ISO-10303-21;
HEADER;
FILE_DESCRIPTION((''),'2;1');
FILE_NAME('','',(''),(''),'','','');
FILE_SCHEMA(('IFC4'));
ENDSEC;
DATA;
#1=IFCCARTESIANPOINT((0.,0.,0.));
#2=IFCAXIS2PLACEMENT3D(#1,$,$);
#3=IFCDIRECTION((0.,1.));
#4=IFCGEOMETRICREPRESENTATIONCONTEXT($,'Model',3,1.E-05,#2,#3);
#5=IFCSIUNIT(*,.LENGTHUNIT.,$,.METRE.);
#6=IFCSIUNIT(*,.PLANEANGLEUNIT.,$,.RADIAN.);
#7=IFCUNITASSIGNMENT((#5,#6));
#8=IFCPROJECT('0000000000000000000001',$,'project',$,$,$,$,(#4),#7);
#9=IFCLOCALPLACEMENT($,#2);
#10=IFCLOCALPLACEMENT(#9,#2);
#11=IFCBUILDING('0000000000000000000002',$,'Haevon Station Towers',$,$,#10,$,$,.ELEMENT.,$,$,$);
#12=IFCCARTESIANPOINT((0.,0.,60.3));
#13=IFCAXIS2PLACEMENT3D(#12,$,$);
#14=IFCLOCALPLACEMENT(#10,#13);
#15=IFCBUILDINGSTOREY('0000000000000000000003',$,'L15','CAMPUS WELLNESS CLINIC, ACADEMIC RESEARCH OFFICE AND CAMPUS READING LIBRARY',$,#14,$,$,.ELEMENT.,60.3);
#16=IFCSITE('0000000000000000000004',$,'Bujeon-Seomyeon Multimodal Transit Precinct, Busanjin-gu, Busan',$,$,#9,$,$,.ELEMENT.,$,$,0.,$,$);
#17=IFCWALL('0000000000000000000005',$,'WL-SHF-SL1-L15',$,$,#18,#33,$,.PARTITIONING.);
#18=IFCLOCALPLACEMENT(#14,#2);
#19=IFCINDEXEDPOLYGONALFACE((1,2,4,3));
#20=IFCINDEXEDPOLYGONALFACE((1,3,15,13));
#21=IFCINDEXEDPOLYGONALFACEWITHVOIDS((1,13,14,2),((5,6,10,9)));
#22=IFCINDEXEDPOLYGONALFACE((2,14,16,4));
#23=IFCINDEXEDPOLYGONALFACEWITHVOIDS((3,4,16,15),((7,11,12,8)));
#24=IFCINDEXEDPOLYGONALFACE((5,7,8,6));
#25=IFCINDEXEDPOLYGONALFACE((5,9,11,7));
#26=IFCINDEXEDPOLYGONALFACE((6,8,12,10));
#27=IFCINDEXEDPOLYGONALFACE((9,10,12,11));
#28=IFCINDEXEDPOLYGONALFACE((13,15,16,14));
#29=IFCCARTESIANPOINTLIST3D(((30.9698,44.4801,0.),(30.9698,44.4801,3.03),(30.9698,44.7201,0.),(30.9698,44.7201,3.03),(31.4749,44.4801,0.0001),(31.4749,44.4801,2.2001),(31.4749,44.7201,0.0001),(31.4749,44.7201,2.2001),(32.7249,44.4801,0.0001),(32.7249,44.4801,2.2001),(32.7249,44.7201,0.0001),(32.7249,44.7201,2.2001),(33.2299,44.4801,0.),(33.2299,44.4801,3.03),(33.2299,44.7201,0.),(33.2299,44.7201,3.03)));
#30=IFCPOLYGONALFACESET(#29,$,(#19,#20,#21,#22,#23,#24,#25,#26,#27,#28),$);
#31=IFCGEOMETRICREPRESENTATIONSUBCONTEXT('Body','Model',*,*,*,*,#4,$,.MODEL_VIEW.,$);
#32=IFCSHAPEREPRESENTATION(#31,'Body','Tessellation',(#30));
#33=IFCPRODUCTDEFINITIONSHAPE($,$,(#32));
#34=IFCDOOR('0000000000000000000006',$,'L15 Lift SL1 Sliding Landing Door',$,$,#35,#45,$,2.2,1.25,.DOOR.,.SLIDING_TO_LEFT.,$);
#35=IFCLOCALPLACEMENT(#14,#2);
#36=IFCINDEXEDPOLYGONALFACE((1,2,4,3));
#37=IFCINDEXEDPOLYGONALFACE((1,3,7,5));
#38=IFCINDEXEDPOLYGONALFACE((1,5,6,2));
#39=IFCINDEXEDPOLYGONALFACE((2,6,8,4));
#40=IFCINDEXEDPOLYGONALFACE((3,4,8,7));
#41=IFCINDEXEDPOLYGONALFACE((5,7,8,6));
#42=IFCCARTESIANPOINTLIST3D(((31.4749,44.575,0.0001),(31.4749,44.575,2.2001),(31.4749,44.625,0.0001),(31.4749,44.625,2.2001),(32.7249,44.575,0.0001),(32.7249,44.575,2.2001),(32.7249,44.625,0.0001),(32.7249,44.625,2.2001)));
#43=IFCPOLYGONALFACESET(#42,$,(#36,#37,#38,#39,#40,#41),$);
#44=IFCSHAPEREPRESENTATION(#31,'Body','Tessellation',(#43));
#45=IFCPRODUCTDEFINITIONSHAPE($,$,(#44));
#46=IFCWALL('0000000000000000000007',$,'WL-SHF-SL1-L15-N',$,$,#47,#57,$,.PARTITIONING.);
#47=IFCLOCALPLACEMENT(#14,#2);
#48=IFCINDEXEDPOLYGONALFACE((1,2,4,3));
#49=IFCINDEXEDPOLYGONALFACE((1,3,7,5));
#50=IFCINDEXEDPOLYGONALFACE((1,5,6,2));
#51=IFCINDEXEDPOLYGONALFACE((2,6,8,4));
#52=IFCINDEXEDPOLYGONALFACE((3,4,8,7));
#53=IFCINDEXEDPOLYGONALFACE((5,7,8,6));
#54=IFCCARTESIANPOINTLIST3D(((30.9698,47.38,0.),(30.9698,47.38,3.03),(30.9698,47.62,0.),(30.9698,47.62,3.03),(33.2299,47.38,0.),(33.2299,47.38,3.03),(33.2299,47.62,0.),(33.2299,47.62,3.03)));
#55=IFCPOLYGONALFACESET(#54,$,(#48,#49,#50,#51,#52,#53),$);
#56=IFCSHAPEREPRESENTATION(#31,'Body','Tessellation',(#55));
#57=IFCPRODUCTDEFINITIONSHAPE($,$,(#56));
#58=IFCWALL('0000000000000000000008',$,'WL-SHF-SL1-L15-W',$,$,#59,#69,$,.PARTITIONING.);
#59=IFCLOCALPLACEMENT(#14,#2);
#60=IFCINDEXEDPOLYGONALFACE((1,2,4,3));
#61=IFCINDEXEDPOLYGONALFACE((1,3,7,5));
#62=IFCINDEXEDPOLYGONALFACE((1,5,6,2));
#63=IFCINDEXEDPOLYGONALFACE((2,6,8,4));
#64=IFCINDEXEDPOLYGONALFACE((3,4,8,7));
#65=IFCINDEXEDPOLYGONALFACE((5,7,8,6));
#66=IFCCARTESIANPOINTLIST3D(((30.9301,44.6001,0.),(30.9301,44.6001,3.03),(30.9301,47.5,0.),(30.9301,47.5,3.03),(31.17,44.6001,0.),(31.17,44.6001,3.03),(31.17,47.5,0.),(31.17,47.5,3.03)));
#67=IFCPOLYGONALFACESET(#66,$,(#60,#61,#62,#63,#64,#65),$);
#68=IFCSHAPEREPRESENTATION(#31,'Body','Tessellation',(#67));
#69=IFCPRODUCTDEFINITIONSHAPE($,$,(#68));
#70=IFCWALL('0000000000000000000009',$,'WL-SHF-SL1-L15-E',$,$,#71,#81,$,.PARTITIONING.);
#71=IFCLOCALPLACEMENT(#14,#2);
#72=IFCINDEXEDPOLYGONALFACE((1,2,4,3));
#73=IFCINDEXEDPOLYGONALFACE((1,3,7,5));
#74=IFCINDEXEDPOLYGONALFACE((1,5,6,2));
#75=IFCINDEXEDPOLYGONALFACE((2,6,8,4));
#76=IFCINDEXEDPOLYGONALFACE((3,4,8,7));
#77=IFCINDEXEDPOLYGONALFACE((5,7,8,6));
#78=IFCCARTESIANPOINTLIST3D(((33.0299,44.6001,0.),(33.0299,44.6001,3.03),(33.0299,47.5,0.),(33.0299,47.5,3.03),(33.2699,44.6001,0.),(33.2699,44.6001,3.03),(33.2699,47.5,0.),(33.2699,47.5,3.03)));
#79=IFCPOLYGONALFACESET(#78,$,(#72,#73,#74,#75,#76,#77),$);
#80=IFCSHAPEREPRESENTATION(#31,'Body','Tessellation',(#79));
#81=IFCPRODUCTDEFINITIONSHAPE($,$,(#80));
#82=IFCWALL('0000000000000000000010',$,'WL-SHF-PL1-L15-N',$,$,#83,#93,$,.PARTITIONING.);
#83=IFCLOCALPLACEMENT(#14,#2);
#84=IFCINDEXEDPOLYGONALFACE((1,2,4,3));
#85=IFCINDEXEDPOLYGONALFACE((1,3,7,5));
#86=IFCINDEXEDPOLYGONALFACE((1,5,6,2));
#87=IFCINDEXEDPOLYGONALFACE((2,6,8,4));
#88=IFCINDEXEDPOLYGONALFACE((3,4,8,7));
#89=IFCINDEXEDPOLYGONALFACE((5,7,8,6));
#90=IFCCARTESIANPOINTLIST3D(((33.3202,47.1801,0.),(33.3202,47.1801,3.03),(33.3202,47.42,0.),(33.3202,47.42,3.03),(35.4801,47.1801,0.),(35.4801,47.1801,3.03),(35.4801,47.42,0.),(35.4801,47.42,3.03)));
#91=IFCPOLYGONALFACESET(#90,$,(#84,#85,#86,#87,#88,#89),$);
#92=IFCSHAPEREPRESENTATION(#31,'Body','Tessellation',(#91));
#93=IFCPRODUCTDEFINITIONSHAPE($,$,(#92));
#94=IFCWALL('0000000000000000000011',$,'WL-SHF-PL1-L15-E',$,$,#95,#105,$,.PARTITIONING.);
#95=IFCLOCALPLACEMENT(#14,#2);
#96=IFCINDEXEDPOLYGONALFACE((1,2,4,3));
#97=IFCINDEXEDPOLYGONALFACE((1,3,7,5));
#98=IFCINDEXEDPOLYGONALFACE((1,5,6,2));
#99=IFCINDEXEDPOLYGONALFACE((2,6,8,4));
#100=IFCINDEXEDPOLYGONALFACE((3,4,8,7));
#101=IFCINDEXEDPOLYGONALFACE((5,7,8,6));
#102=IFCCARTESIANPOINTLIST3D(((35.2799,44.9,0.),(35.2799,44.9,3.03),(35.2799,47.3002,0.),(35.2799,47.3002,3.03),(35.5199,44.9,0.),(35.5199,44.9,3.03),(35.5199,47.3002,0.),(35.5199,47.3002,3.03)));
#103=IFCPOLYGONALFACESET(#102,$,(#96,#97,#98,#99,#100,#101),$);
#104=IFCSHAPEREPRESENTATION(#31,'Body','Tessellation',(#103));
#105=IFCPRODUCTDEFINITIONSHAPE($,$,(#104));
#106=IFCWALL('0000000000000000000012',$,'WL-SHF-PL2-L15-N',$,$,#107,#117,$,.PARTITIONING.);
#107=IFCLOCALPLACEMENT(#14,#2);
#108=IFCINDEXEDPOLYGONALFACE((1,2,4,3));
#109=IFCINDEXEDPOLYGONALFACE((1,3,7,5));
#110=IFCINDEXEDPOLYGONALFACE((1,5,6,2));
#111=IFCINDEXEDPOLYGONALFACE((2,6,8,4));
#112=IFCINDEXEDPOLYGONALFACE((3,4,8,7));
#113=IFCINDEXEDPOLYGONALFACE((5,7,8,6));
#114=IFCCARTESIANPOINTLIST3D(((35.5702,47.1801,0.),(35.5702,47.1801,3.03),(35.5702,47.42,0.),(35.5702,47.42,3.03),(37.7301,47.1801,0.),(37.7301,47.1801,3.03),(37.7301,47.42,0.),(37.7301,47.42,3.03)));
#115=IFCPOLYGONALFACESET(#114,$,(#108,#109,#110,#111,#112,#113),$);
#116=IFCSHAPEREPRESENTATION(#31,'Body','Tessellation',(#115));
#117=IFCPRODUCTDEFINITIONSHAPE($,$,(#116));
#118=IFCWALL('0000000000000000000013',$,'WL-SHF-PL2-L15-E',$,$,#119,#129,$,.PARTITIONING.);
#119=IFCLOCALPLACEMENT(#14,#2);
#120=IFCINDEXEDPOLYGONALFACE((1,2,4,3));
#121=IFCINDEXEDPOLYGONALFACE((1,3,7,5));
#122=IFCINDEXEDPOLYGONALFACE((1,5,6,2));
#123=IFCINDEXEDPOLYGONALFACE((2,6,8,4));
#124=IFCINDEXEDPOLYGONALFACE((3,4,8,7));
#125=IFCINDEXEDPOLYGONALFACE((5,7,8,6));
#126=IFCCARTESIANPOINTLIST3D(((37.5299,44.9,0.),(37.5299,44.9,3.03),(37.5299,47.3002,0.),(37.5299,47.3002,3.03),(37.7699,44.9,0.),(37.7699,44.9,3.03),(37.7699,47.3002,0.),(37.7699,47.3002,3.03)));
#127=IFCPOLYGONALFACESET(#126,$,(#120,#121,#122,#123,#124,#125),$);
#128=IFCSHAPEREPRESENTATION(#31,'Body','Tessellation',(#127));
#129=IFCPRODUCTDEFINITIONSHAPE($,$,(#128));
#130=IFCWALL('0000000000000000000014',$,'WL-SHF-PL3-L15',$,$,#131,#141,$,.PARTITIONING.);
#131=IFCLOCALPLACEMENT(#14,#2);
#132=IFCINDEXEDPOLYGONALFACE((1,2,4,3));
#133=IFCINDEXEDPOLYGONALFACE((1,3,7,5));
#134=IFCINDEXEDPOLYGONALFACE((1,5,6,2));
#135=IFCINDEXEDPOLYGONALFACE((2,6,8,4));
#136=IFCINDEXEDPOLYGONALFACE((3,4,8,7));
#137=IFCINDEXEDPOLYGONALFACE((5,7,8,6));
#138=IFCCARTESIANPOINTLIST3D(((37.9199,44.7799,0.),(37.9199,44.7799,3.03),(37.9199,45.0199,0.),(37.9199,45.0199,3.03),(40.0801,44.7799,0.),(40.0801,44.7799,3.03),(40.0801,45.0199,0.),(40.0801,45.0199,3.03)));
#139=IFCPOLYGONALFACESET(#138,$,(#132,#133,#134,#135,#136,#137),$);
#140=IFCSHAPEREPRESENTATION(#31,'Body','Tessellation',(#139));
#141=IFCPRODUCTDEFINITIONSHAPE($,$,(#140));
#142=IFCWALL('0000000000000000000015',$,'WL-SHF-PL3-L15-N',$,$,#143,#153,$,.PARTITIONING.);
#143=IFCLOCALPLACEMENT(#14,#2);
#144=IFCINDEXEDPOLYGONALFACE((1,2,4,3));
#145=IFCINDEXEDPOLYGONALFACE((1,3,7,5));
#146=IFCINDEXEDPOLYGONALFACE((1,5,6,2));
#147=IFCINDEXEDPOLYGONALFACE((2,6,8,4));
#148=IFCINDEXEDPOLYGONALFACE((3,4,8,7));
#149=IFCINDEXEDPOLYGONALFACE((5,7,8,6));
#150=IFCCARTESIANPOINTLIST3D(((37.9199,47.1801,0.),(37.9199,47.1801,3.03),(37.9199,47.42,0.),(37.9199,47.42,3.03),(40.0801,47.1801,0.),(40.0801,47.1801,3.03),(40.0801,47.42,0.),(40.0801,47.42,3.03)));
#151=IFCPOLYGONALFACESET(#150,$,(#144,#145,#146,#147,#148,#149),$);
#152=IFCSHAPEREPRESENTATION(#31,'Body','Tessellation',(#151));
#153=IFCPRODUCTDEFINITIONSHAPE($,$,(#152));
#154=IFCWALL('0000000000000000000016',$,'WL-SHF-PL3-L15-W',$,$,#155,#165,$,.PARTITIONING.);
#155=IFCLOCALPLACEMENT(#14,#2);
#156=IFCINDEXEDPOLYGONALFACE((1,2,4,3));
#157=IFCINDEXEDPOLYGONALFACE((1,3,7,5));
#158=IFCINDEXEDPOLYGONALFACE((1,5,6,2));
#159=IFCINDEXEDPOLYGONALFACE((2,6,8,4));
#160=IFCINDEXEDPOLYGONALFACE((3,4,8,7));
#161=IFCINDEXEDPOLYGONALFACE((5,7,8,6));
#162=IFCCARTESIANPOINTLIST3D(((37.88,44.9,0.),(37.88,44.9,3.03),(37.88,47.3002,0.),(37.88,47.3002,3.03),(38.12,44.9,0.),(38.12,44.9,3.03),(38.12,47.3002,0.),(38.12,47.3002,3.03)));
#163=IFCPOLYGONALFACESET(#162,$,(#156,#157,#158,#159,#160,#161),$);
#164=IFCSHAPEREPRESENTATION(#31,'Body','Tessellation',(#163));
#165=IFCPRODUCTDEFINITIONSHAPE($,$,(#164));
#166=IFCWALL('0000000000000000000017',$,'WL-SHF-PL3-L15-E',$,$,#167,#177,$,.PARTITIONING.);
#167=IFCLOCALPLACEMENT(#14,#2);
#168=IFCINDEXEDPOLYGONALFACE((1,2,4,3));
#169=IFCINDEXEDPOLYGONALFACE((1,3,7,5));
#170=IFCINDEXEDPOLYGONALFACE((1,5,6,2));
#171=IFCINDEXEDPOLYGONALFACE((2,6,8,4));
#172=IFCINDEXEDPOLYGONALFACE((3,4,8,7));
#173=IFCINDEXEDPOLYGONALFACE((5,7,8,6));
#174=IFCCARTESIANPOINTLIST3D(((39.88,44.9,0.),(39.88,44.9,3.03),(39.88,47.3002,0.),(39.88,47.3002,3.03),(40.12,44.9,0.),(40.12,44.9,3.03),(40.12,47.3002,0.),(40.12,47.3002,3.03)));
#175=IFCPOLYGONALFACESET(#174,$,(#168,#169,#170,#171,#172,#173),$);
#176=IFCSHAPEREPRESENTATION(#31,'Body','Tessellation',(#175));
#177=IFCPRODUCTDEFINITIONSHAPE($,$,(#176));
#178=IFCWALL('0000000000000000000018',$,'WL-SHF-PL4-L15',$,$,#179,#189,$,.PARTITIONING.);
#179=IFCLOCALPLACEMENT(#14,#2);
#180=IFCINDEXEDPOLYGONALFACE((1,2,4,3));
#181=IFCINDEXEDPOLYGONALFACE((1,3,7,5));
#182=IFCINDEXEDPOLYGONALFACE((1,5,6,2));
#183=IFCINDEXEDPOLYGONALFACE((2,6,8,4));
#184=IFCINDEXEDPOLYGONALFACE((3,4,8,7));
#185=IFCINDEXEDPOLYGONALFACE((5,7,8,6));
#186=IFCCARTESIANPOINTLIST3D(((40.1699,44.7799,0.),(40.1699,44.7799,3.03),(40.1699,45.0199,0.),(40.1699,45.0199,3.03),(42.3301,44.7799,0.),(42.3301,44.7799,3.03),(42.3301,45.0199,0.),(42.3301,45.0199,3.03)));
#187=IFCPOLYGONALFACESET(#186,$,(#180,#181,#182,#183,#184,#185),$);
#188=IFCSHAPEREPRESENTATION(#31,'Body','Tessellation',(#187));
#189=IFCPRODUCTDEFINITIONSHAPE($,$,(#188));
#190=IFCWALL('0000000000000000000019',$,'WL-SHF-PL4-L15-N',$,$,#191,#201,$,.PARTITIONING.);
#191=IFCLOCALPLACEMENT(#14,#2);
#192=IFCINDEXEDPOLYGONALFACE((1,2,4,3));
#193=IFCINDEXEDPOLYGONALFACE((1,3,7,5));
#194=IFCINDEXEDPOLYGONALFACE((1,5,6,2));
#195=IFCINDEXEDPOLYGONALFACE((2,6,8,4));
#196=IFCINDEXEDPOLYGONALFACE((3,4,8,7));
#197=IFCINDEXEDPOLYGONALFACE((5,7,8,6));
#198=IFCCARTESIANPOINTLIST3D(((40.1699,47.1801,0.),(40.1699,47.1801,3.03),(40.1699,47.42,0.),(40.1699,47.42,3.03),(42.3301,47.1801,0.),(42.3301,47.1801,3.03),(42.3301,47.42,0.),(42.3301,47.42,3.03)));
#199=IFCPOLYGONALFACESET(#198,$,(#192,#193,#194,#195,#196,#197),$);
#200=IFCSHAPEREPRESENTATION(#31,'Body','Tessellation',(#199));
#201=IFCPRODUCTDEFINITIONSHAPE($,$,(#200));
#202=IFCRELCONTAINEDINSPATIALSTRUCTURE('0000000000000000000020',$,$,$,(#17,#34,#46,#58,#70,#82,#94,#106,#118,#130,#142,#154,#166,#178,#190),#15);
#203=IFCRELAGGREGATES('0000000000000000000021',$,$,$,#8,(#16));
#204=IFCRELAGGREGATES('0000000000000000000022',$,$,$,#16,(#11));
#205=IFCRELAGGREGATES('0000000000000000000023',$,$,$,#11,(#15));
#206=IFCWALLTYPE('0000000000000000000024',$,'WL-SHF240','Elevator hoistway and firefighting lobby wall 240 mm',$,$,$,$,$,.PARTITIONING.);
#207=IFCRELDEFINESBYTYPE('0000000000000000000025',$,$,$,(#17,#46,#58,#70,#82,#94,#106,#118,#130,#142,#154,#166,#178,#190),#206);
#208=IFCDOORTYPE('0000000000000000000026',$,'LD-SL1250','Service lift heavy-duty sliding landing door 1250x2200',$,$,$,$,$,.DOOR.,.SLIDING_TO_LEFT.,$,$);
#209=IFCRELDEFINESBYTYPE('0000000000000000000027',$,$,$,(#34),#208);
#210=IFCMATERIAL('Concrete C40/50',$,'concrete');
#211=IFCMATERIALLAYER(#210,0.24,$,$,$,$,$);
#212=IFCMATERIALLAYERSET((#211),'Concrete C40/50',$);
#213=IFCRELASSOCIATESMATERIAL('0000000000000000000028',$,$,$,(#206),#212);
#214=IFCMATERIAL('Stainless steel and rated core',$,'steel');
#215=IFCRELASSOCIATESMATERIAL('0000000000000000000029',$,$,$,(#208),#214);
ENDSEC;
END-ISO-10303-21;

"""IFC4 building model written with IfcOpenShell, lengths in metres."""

from ifc_helpers import new_model, si_unit, direction, frame, frame_2d, origin, place, context, subcontext, project, spatial, rectangle, extrude, material, layer, layer_set, type_object, element, fill, save


model = new_model("IFC4")

# Units and contexts
model_context = context("Model", 3, precision=1e-05, world=origin(), true_north=direction((0.0, 1.0)))
body_context = subcontext(model_context, "Body", "Model", "MODEL_VIEW")
ifc_project = project(units=[si_unit("LENGTHUNIT", "METRE"), si_unit("PLANEANGLEUNIT", "RADIAN")], contexts=[model_context])

# Site, building, storey
site_placement = place(None, origin())
site = spatial("IfcSite", under=ifc_project, at=site_placement, Name="Bujeon-Seomyeon Multimodal Transit Precinct, Busanjin-gu, Busan", CompositionType="ELEMENT", RefElevation=0.0)
building_placement = place(site_placement, origin())
building = spatial("IfcBuilding", under=site, at=building_placement, Name="Haevon Station Towers", CompositionType="ELEMENT")
storey_placement = place(building_placement, frame((0.0, 0.0, 60.3)))
storey = spatial("IfcBuildingStorey", under=building, at=storey_placement, Name="L15", Description="CAMPUS WELLNESS CLINIC, ACADEMIC RESEARCH OFFICE AND CAMPUS READING LIBRARY", CompositionType="ELEMENT", Elevation=60.3)

# Wall, opening, door
ifc_material_1 = material(Name="Concrete C40/50", Category="concrete")
ifc_layer_1 = layer(ifc_material_1, 0.24)
ifc_layer_set_1 = layer_set([ifc_layer_1], Name="Concrete C40/50")
wall_type_1 = type_object("IfcWallType", Name="WL-SHF240", Description="Elevator hoistway and firefighting lobby wall 240 mm", PredefinedType="PARTITIONING", material=ifc_layer_set_1)
wall_1_placement = place(storey_placement, frame((30.97, 44.6001, 0.0), z_axis=(0.0, 0.0, 1.0), x_axis=(1.0, 0.0, 0.0)))
wall_1 = element("IfcWall", 1, at=wall_1_placement, inside=storey, type_object=wall_type_1, Name="WL-SHF-SL1-L15", PredefinedType="PARTITIONING", context=body_context, shape_type="SweptSolid", body=[
    extrude(rectangle(XDim=2.26, YDim=0.24, at=frame_2d((1.1299, 0.0))), origin(), (0.0, 0.0, 1.0), 3.03),
])
opening_1_placement = place(wall_1_placement, frame((0.5049, 0.0, 0.0)))
opening_1 = element("IfcOpeningElement", 2, at=opening_1_placement, cuts=wall_1, PredefinedType="OPENING", context=body_context, shape_type="SweptSolid", body=[
    extrude(rectangle(XDim=1.25, YDim=2.2, at=frame_2d((0.625, 1.1001))), frame((0.0, 0.1299, 0.0), z_axis=(0.0, -1.0, 0.0), x_axis=(1.0, 0.0, 0.0)), (0.0, 0.0, 1.0), 0.26),
])
ifc_material_2 = material(Name="Stainless steel and rated core", Category="steel")
door_type_1 = type_object("IfcDoorType", Name="LD-SL1250", Description="Service lift heavy-duty sliding landing door 1250x2200", OperationType="SLIDING_TO_LEFT", PredefinedType="DOOR", material=ifc_material_2)
door_1_placement = place(opening_1_placement, origin())
door_1 = element("IfcDoor", 3, at=door_1_placement, inside=storey, type_object=door_type_1, Name="L15 Lift SL1 Sliding Landing Door", OperationType="SLIDING_TO_LEFT", OverallHeight=2.2, OverallWidth=1.25, PredefinedType="DOOR", context=body_context, shape_type="SweptSolid", body=[
    extrude(rectangle(XDim=1.25, YDim=2.2, at=frame_2d((0.625, 1.1001))), frame((0.0, 0.0249, 0.0), z_axis=(0.0, -1.0, 0.0), x_axis=(1.0, 0.0, 0.0)), (0.0, 0.0, 1.0), 0.05),
])
fill(opening_1, door_1)

# Walls
wall_2_placement = place(storey_placement, frame((30.97, 47.5, 0.0), z_axis=(0.0, 0.0, 1.0), x_axis=(1.0, 0.0, 0.0)))
element("IfcWall", 4, at=wall_2_placement, inside=storey, type_object=wall_type_1, Name="WL-SHF-SL1-L15-N", PredefinedType="PARTITIONING", context=body_context, shape_type="SweptSolid", body=[
    extrude(rectangle(XDim=2.26, YDim=0.24, at=frame_2d((1.1299, 0.0))), origin(), (0.0, 0.0, 1.0), 3.03),
])
for number, where, z_axis, x_axis, name in (
    (5, (31.05, 44.6001, 0.0), (0.0, 0.0, 1.0), (0.0, 1.0, 0.0), "WL-SHF-SL1-L15-W"),
    (6, (33.1499, 44.6001, 0.0), (0.0, 0.0, 1.0), (0.0, 1.0, 0.0), "WL-SHF-SL1-L15-E"),
):
    element("IfcWall", number, at=place(storey_placement, frame(where, z_axis=z_axis, x_axis=x_axis)), inside=storey, type_object=wall_type_1, Name=name, PredefinedType="PARTITIONING", context=body_context, shape_type="SweptSolid", body=[
        extrude(rectangle(XDim=2.8999, YDim=0.24, at=frame_2d((1.45, 0.0))), origin(), (0.0, 0.0, 1.0), 3.03),
    ])

# Walls
wall_3_placement = place(storey_placement, frame((33.3201, 47.3, 0.0), z_axis=(0.0, 0.0, 1.0), x_axis=(1.0, 0.0, 0.0)))
element("IfcWall", 7, at=wall_3_placement, inside=storey, type_object=wall_type_1, Name="WL-SHF-PL1-L15-N", PredefinedType="PARTITIONING", context=body_context, shape_type="SweptSolid", body=[
    extrude(rectangle(XDim=2.1599, YDim=0.24, at=frame_2d((1.0801, 0.0))), origin(), (0.0, 0.0, 1.0), 3.03),
])
wall_4_placement = place(storey_placement, frame((35.3999, 44.8999, 0.0), z_axis=(0.0, 0.0, 1.0), x_axis=(0.0, 1.0, 0.0)))
element("IfcWall", 8, at=wall_4_placement, inside=storey, type_object=wall_type_1, Name="WL-SHF-PL1-L15-E", PredefinedType="PARTITIONING", context=body_context, shape_type="SweptSolid", body=[
    extrude(rectangle(XDim=2.4001, YDim=0.24, at=frame_2d((1.2002, 0.0))), origin(), (0.0, 0.0, 1.0), 3.03),
])

# Walls
wall_5_placement = place(storey_placement, frame((35.5701, 47.3, 0.0), z_axis=(0.0, 0.0, 1.0), x_axis=(1.0, 0.0, 0.0)))
element("IfcWall", 9, at=wall_5_placement, inside=storey, type_object=wall_type_1, Name="WL-SHF-PL2-L15-N", PredefinedType="PARTITIONING", context=body_context, shape_type="SweptSolid", body=[
    extrude(rectangle(XDim=2.1599, YDim=0.24, at=frame_2d((1.0801, 0.0))), origin(), (0.0, 0.0, 1.0), 3.03),
])
wall_6_placement = place(storey_placement, frame((37.6499, 44.8999, 0.0), z_axis=(0.0, 0.0, 1.0), x_axis=(0.0, 1.0, 0.0)))
element("IfcWall", 10, at=wall_6_placement, inside=storey, type_object=wall_type_1, Name="WL-SHF-PL2-L15-E", PredefinedType="PARTITIONING", context=body_context, shape_type="SweptSolid", body=[
    extrude(rectangle(XDim=2.4001, YDim=0.24, at=frame_2d((1.2002, 0.0))), origin(), (0.0, 0.0, 1.0), 3.03),
])
for number, where, z_axis, x_axis, name in (
    (11, (37.9199, 44.8999, 0.0), (0.0, 0.0, 1.0), (1.0, 0.0, 0.0), "WL-SHF-PL3-L15"),
    (12, (37.9199, 47.3, 0.0), (0.0, 0.0, 1.0), (1.0, 0.0, 0.0), "WL-SHF-PL3-L15-N"),
):
    element("IfcWall", number, at=place(storey_placement, frame(where, z_axis=z_axis, x_axis=x_axis)), inside=storey, type_object=wall_type_1, Name=name, PredefinedType="PARTITIONING", context=body_context, shape_type="SweptSolid", body=[
        extrude(rectangle(XDim=2.1602, YDim=0.24, at=frame_2d((1.0801, 0.0))), origin(), (0.0, 0.0, 1.0), 3.03),
    ])
for number, where, z_axis, x_axis, name in (
    (13, (38.0, 44.8999, 0.0), (0.0, 0.0, 1.0), (0.0, 1.0, 0.0), "WL-SHF-PL3-L15-W"),
    (14, (40.0, 44.8999, 0.0), (0.0, 0.0, 1.0), (0.0, 1.0, 0.0), "WL-SHF-PL3-L15-E"),
):
    element("IfcWall", number, at=place(storey_placement, frame(where, z_axis=z_axis, x_axis=x_axis)), inside=storey, type_object=wall_type_1, Name=name, PredefinedType="PARTITIONING", context=body_context, shape_type="SweptSolid", body=[
        extrude(rectangle(XDim=2.4001, YDim=0.24, at=frame_2d((1.2002, 0.0))), origin(), (0.0, 0.0, 1.0), 3.03),
    ])
for number, where, z_axis, x_axis, name in (
    (15, (40.1699, 44.8999, 0.0), (0.0, 0.0, 1.0), (1.0, 0.0, 0.0), "WL-SHF-PL4-L15"),
    (16, (40.1699, 47.3, 0.0), (0.0, 0.0, 1.0), (1.0, 0.0, 0.0), "WL-SHF-PL4-L15-N"),
):
    element("IfcWall", number, at=place(storey_placement, frame(where, z_axis=z_axis, x_axis=x_axis)), inside=storey, type_object=wall_type_1, Name=name, PredefinedType="PARTITIONING", context=body_context, shape_type="SweptSolid", body=[
        extrude(rectangle(XDim=2.1602, YDim=0.24, at=frame_2d((1.0801, 0.0))), origin(), (0.0, 0.0, 1.0), 3.03),
    ])

save(model, "model.ifc")
